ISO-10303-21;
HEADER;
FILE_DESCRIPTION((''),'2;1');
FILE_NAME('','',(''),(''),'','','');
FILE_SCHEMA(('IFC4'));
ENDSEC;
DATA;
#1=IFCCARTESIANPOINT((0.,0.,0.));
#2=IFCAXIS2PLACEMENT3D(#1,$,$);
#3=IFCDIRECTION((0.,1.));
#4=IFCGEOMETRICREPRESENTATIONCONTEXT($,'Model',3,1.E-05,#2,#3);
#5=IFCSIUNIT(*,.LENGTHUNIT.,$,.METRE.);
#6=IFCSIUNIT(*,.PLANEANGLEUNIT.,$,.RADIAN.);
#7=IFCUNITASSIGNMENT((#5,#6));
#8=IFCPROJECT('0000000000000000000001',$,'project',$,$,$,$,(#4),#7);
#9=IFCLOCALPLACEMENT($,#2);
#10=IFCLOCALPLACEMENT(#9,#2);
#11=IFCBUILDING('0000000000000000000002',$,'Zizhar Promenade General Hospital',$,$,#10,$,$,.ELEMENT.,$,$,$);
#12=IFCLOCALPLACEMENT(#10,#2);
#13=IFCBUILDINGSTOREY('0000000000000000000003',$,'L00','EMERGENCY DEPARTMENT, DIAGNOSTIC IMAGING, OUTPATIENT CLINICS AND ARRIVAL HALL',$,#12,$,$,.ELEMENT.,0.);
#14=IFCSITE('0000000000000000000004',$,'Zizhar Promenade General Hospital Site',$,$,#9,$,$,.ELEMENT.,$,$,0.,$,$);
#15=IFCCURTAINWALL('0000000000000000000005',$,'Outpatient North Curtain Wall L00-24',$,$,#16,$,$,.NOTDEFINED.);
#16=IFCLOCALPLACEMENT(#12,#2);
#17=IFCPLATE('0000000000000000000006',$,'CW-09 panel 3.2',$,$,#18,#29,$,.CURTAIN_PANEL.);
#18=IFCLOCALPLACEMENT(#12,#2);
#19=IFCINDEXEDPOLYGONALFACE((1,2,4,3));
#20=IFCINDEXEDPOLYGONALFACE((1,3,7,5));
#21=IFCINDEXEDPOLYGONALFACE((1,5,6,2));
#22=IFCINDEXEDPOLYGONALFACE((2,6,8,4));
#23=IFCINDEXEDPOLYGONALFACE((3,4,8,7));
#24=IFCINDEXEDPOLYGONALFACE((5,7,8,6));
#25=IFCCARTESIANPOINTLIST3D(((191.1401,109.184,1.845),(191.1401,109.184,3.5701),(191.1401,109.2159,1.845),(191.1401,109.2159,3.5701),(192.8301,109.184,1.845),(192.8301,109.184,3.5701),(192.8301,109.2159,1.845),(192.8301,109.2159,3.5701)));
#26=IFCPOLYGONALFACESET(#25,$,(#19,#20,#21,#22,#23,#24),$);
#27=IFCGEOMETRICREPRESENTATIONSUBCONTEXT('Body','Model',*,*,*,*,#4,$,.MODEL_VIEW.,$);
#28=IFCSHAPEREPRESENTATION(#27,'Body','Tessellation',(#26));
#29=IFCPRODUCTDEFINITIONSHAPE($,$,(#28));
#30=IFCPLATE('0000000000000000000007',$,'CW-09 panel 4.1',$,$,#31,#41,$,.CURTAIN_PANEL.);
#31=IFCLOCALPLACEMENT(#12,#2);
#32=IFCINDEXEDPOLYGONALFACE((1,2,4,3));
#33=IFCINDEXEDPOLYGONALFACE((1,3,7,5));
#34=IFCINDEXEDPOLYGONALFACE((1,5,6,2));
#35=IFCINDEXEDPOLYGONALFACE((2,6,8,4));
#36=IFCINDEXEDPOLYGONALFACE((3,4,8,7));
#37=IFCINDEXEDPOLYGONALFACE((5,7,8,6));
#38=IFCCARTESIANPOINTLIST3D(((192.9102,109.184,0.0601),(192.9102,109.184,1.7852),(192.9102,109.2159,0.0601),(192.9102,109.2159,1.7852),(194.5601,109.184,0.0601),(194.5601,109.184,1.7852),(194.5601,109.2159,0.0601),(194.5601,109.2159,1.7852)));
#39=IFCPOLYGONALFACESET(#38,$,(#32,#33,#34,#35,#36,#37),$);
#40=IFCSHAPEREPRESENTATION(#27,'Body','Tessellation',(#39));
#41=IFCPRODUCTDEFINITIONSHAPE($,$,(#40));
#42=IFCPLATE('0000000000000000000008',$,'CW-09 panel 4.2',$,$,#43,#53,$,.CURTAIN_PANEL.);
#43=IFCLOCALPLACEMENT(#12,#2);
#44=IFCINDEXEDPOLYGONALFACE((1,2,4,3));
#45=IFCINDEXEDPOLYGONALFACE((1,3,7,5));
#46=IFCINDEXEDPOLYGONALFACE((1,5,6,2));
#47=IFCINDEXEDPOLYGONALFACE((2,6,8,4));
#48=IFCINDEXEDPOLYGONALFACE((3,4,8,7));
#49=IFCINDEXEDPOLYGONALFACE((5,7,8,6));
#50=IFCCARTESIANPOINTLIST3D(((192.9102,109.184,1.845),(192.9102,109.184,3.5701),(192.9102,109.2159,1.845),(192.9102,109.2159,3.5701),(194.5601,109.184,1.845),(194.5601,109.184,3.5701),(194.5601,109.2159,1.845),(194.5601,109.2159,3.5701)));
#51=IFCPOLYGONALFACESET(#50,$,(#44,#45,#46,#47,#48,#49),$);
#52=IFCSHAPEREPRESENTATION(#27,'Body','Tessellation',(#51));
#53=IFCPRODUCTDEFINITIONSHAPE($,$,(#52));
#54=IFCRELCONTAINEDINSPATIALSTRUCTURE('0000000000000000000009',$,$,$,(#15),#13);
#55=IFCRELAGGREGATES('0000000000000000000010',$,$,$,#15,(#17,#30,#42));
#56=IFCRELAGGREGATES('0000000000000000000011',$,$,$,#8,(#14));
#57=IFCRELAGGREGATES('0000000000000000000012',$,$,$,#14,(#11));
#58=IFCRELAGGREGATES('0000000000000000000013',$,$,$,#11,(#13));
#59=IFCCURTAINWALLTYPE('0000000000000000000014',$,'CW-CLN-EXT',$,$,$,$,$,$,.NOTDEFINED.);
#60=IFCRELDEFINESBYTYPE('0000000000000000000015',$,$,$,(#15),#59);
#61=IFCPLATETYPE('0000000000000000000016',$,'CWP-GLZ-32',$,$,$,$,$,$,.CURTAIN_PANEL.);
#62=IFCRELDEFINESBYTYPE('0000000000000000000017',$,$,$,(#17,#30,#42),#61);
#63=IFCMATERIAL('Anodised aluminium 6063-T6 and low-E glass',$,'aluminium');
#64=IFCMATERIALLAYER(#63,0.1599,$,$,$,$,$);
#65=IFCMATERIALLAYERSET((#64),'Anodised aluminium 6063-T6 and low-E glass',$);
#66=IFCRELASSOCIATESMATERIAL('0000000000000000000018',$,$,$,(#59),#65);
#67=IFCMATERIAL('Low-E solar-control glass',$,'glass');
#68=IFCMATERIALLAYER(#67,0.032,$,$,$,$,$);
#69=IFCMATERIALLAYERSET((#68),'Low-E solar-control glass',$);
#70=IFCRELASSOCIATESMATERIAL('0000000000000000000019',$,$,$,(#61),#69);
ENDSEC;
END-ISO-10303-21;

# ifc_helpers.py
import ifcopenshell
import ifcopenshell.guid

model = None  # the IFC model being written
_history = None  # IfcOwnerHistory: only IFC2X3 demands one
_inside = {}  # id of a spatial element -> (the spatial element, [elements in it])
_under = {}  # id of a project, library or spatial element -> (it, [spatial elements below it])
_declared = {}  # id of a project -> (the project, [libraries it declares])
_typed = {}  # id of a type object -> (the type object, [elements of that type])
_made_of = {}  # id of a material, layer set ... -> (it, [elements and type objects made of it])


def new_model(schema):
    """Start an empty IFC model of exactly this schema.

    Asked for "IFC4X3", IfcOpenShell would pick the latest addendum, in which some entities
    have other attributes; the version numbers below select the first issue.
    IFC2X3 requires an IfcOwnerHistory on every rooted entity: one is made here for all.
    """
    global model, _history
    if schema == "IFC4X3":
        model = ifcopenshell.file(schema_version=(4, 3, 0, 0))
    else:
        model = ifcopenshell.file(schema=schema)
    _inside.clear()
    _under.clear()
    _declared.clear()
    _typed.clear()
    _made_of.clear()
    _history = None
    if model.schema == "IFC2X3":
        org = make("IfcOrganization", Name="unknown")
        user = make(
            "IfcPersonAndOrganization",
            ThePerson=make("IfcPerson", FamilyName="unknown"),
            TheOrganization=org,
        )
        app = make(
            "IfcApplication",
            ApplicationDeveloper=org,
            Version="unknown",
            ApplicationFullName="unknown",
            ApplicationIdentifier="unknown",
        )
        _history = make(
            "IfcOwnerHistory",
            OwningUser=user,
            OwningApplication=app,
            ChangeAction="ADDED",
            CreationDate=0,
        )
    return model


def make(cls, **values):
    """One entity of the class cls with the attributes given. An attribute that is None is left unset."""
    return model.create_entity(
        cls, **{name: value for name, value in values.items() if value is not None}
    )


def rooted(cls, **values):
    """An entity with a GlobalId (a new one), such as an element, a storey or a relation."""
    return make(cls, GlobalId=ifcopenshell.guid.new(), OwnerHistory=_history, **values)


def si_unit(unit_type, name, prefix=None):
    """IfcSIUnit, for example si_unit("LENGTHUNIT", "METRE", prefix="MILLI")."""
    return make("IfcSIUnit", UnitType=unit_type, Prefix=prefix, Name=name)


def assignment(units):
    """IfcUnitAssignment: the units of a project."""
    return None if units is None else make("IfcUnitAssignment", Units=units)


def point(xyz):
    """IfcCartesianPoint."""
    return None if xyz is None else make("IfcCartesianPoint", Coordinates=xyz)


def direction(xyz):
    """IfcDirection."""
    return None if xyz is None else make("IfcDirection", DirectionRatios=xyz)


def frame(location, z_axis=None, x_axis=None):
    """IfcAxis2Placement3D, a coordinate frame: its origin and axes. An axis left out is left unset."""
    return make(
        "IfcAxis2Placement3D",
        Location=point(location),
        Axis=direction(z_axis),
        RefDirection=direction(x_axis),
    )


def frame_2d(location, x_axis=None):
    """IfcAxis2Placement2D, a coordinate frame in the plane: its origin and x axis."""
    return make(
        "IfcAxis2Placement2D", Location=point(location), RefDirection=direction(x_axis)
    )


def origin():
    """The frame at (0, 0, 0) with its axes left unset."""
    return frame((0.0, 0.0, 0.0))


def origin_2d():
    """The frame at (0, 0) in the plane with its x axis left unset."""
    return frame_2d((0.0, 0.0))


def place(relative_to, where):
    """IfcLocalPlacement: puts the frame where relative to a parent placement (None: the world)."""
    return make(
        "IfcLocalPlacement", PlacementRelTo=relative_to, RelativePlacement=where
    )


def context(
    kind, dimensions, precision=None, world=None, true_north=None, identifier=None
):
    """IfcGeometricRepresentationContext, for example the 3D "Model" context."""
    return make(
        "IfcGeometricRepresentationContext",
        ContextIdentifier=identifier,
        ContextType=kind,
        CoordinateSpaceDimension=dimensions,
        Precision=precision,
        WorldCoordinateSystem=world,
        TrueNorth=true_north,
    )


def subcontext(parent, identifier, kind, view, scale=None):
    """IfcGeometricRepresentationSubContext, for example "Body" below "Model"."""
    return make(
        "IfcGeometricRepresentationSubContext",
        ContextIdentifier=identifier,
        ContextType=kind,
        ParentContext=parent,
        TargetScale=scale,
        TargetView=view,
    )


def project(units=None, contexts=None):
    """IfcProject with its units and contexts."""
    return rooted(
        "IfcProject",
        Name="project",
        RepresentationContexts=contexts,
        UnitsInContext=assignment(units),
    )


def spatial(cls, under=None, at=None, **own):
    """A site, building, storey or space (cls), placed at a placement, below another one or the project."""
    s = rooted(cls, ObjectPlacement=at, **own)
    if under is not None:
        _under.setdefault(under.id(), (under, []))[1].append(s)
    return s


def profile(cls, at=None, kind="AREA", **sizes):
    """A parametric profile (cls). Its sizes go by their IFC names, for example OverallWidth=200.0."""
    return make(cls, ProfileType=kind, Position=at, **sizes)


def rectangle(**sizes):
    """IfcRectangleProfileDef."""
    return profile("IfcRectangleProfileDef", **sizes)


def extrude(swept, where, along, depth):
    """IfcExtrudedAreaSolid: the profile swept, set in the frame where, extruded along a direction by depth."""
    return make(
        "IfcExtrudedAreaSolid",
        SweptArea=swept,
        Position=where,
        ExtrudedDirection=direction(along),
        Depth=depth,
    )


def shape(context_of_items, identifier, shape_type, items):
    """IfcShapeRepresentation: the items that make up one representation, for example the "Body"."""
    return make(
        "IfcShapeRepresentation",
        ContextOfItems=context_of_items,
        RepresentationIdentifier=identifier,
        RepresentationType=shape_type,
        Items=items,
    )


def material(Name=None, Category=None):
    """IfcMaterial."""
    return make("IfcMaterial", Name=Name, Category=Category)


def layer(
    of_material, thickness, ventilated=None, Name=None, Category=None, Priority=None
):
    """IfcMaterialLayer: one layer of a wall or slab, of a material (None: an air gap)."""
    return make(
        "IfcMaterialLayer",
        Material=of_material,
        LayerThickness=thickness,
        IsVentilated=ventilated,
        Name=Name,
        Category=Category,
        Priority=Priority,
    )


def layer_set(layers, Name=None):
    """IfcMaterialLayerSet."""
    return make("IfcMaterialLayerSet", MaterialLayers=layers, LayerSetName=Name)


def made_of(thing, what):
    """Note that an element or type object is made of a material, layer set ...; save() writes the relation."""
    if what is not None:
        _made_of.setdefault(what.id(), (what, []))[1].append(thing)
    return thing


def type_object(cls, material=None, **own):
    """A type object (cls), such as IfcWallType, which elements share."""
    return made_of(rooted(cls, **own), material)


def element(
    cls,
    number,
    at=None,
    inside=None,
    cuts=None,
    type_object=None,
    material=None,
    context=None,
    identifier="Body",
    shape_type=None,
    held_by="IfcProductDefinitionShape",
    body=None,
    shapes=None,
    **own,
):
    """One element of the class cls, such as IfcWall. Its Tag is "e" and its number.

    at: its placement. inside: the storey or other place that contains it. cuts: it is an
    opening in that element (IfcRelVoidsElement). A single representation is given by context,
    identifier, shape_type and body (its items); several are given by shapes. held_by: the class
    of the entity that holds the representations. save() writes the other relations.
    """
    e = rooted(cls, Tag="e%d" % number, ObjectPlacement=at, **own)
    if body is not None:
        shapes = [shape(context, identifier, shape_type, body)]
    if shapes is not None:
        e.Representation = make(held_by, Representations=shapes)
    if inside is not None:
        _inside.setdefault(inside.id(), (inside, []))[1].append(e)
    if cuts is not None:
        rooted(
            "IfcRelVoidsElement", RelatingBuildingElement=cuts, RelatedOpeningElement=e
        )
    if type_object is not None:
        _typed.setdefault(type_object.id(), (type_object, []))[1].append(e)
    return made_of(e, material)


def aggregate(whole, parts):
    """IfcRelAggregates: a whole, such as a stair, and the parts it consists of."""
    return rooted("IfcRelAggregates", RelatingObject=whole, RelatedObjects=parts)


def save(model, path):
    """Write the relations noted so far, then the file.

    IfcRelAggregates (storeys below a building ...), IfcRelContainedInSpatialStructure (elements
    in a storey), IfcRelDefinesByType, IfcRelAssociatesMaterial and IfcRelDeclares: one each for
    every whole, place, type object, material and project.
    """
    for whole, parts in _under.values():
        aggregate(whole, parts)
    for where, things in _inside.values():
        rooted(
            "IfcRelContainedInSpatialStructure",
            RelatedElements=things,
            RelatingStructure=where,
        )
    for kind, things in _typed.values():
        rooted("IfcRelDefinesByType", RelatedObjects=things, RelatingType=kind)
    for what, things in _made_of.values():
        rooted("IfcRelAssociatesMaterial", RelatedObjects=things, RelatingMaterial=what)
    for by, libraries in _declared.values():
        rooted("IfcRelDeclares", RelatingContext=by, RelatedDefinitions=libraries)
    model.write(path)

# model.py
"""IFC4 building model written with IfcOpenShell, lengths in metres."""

from ifc_helpers import new_model, si_unit, direction, frame, origin, origin_2d, place, context, subcontext, project, spatial, rectangle, extrude, material, layer, layer_set, type_object, element, aggregate, save


model = new_model("IFC4")

# Units and contexts
model_context = context("Model", 3, precision=1e-05, world=origin(), true_north=direction((0.0, 1.0)))
body_context = subcontext(model_context, "Body", "Model", "MODEL_VIEW")
ifc_project = project(units=[si_unit("LENGTHUNIT", "METRE"), si_unit("PLANEANGLEUNIT", "RADIAN")], contexts=[model_context])

# Site, building, storey
site_placement = place(None, origin())
site = spatial("IfcSite", under=ifc_project, at=site_placement, Name="Zizhar Promenade General Hospital Site", CompositionType="ELEMENT", RefElevation=0.0)
building_placement = place(site_placement, origin())
building = spatial("IfcBuilding", under=site, at=building_placement, Name="Zizhar Promenade General Hospital", CompositionType="ELEMENT")
storey_placement = place(building_placement, origin())
storey = spatial("IfcBuildingStorey", under=building, at=storey_placement, Name="L00", Description="EMERGENCY DEPARTMENT, DIAGNOSTIC IMAGING, OUTPATIENT CLINICS AND ARRIVAL HALL", CompositionType="ELEMENT", Elevation=0.0)

# Curtain wall, plates
ifc_material_1 = material(Name="Anodised aluminium 6063-T6 and low-E glass", Category="aluminium")
ifc_layer_1 = layer(ifc_material_1, 0.1599)
ifc_layer_set_1 = layer_set([ifc_layer_1], Name="Anodised aluminium 6063-T6 and low-E glass")
curtain_wall_type = type_object("IfcCurtainWallType", Name="CW-CLN-EXT", PredefinedType="NOTDEFINED", material=ifc_layer_set_1)
curtain_wall_placement = place(storey_placement, origin())
curtain_wall = element("IfcCurtainWall", 1, at=curtain_wall_placement, inside=storey, type_object=curtain_wall_type, Name="Outpatient North Curtain Wall L00-24", PredefinedType="NOTDEFINED")
ifc_material_2 = material(Name="Low-E solar-control glass", Category="glass")
ifc_layer_2 = layer(ifc_material_2, 0.032)
ifc_layer_set_2 = layer_set([ifc_layer_2], Name="Low-E solar-control glass")
plate_type = type_object("IfcPlateType", Name="CWP-GLZ-32", PredefinedType="CURTAIN_PANEL", material=ifc_layer_set_2)
plate_1_placement = place(storey_placement, frame((191.9851, 109.2, 1.845), z_axis=(0.0, 0.0, 1.0), x_axis=(1.0, 0.0, 0.0)))
plate_1 = element("IfcPlate", 2, at=plate_1_placement, type_object=plate_type, Name="CW-09 panel 3.2", PredefinedType="CURTAIN_PANEL", context=body_context, shape_type="SweptSolid", body=[
    extrude(rectangle(XDim=1.6899, YDim=0.032, at=origin_2d()), origin(), (0.0, 0.0, 1.0), 1.7251),
])
plate_2_placement = place(storey_placement, frame((193.7351, 109.2, 0.0601), z_axis=(0.0, 0.0, 1.0), x_axis=(1.0, 0.0, 0.0)))
plate_2 = element("IfcPlate", 3, at=plate_2_placement, type_object=plate_type, Name="CW-09 panel 4.1", PredefinedType="CURTAIN_PANEL", context=body_context, shape_type="SweptSolid", body=[
    extrude(rectangle(XDim=1.6499, YDim=0.032, at=origin_2d()), origin(), (0.0, 0.0, 1.0), 1.7251),
])
plate_3_placement = place(storey_placement, frame((193.7351, 109.2, 1.845), z_axis=(0.0, 0.0, 1.0), x_axis=(1.0, 0.0, 0.0)))
plate_3 = element("IfcPlate", 4, at=plate_3_placement, type_object=plate_type, Name="CW-09 panel 4.2", PredefinedType="CURTAIN_PANEL", context=body_context, shape_type="SweptSolid", body=[
    extrude(rectangle(XDim=1.6499, YDim=0.032, at=origin_2d()), origin(), (0.0, 0.0, 1.0), 1.7251),
])
aggregate(curtain_wall, [plate_1, plate_2, plate_3])

save(model, "model.ifc")
